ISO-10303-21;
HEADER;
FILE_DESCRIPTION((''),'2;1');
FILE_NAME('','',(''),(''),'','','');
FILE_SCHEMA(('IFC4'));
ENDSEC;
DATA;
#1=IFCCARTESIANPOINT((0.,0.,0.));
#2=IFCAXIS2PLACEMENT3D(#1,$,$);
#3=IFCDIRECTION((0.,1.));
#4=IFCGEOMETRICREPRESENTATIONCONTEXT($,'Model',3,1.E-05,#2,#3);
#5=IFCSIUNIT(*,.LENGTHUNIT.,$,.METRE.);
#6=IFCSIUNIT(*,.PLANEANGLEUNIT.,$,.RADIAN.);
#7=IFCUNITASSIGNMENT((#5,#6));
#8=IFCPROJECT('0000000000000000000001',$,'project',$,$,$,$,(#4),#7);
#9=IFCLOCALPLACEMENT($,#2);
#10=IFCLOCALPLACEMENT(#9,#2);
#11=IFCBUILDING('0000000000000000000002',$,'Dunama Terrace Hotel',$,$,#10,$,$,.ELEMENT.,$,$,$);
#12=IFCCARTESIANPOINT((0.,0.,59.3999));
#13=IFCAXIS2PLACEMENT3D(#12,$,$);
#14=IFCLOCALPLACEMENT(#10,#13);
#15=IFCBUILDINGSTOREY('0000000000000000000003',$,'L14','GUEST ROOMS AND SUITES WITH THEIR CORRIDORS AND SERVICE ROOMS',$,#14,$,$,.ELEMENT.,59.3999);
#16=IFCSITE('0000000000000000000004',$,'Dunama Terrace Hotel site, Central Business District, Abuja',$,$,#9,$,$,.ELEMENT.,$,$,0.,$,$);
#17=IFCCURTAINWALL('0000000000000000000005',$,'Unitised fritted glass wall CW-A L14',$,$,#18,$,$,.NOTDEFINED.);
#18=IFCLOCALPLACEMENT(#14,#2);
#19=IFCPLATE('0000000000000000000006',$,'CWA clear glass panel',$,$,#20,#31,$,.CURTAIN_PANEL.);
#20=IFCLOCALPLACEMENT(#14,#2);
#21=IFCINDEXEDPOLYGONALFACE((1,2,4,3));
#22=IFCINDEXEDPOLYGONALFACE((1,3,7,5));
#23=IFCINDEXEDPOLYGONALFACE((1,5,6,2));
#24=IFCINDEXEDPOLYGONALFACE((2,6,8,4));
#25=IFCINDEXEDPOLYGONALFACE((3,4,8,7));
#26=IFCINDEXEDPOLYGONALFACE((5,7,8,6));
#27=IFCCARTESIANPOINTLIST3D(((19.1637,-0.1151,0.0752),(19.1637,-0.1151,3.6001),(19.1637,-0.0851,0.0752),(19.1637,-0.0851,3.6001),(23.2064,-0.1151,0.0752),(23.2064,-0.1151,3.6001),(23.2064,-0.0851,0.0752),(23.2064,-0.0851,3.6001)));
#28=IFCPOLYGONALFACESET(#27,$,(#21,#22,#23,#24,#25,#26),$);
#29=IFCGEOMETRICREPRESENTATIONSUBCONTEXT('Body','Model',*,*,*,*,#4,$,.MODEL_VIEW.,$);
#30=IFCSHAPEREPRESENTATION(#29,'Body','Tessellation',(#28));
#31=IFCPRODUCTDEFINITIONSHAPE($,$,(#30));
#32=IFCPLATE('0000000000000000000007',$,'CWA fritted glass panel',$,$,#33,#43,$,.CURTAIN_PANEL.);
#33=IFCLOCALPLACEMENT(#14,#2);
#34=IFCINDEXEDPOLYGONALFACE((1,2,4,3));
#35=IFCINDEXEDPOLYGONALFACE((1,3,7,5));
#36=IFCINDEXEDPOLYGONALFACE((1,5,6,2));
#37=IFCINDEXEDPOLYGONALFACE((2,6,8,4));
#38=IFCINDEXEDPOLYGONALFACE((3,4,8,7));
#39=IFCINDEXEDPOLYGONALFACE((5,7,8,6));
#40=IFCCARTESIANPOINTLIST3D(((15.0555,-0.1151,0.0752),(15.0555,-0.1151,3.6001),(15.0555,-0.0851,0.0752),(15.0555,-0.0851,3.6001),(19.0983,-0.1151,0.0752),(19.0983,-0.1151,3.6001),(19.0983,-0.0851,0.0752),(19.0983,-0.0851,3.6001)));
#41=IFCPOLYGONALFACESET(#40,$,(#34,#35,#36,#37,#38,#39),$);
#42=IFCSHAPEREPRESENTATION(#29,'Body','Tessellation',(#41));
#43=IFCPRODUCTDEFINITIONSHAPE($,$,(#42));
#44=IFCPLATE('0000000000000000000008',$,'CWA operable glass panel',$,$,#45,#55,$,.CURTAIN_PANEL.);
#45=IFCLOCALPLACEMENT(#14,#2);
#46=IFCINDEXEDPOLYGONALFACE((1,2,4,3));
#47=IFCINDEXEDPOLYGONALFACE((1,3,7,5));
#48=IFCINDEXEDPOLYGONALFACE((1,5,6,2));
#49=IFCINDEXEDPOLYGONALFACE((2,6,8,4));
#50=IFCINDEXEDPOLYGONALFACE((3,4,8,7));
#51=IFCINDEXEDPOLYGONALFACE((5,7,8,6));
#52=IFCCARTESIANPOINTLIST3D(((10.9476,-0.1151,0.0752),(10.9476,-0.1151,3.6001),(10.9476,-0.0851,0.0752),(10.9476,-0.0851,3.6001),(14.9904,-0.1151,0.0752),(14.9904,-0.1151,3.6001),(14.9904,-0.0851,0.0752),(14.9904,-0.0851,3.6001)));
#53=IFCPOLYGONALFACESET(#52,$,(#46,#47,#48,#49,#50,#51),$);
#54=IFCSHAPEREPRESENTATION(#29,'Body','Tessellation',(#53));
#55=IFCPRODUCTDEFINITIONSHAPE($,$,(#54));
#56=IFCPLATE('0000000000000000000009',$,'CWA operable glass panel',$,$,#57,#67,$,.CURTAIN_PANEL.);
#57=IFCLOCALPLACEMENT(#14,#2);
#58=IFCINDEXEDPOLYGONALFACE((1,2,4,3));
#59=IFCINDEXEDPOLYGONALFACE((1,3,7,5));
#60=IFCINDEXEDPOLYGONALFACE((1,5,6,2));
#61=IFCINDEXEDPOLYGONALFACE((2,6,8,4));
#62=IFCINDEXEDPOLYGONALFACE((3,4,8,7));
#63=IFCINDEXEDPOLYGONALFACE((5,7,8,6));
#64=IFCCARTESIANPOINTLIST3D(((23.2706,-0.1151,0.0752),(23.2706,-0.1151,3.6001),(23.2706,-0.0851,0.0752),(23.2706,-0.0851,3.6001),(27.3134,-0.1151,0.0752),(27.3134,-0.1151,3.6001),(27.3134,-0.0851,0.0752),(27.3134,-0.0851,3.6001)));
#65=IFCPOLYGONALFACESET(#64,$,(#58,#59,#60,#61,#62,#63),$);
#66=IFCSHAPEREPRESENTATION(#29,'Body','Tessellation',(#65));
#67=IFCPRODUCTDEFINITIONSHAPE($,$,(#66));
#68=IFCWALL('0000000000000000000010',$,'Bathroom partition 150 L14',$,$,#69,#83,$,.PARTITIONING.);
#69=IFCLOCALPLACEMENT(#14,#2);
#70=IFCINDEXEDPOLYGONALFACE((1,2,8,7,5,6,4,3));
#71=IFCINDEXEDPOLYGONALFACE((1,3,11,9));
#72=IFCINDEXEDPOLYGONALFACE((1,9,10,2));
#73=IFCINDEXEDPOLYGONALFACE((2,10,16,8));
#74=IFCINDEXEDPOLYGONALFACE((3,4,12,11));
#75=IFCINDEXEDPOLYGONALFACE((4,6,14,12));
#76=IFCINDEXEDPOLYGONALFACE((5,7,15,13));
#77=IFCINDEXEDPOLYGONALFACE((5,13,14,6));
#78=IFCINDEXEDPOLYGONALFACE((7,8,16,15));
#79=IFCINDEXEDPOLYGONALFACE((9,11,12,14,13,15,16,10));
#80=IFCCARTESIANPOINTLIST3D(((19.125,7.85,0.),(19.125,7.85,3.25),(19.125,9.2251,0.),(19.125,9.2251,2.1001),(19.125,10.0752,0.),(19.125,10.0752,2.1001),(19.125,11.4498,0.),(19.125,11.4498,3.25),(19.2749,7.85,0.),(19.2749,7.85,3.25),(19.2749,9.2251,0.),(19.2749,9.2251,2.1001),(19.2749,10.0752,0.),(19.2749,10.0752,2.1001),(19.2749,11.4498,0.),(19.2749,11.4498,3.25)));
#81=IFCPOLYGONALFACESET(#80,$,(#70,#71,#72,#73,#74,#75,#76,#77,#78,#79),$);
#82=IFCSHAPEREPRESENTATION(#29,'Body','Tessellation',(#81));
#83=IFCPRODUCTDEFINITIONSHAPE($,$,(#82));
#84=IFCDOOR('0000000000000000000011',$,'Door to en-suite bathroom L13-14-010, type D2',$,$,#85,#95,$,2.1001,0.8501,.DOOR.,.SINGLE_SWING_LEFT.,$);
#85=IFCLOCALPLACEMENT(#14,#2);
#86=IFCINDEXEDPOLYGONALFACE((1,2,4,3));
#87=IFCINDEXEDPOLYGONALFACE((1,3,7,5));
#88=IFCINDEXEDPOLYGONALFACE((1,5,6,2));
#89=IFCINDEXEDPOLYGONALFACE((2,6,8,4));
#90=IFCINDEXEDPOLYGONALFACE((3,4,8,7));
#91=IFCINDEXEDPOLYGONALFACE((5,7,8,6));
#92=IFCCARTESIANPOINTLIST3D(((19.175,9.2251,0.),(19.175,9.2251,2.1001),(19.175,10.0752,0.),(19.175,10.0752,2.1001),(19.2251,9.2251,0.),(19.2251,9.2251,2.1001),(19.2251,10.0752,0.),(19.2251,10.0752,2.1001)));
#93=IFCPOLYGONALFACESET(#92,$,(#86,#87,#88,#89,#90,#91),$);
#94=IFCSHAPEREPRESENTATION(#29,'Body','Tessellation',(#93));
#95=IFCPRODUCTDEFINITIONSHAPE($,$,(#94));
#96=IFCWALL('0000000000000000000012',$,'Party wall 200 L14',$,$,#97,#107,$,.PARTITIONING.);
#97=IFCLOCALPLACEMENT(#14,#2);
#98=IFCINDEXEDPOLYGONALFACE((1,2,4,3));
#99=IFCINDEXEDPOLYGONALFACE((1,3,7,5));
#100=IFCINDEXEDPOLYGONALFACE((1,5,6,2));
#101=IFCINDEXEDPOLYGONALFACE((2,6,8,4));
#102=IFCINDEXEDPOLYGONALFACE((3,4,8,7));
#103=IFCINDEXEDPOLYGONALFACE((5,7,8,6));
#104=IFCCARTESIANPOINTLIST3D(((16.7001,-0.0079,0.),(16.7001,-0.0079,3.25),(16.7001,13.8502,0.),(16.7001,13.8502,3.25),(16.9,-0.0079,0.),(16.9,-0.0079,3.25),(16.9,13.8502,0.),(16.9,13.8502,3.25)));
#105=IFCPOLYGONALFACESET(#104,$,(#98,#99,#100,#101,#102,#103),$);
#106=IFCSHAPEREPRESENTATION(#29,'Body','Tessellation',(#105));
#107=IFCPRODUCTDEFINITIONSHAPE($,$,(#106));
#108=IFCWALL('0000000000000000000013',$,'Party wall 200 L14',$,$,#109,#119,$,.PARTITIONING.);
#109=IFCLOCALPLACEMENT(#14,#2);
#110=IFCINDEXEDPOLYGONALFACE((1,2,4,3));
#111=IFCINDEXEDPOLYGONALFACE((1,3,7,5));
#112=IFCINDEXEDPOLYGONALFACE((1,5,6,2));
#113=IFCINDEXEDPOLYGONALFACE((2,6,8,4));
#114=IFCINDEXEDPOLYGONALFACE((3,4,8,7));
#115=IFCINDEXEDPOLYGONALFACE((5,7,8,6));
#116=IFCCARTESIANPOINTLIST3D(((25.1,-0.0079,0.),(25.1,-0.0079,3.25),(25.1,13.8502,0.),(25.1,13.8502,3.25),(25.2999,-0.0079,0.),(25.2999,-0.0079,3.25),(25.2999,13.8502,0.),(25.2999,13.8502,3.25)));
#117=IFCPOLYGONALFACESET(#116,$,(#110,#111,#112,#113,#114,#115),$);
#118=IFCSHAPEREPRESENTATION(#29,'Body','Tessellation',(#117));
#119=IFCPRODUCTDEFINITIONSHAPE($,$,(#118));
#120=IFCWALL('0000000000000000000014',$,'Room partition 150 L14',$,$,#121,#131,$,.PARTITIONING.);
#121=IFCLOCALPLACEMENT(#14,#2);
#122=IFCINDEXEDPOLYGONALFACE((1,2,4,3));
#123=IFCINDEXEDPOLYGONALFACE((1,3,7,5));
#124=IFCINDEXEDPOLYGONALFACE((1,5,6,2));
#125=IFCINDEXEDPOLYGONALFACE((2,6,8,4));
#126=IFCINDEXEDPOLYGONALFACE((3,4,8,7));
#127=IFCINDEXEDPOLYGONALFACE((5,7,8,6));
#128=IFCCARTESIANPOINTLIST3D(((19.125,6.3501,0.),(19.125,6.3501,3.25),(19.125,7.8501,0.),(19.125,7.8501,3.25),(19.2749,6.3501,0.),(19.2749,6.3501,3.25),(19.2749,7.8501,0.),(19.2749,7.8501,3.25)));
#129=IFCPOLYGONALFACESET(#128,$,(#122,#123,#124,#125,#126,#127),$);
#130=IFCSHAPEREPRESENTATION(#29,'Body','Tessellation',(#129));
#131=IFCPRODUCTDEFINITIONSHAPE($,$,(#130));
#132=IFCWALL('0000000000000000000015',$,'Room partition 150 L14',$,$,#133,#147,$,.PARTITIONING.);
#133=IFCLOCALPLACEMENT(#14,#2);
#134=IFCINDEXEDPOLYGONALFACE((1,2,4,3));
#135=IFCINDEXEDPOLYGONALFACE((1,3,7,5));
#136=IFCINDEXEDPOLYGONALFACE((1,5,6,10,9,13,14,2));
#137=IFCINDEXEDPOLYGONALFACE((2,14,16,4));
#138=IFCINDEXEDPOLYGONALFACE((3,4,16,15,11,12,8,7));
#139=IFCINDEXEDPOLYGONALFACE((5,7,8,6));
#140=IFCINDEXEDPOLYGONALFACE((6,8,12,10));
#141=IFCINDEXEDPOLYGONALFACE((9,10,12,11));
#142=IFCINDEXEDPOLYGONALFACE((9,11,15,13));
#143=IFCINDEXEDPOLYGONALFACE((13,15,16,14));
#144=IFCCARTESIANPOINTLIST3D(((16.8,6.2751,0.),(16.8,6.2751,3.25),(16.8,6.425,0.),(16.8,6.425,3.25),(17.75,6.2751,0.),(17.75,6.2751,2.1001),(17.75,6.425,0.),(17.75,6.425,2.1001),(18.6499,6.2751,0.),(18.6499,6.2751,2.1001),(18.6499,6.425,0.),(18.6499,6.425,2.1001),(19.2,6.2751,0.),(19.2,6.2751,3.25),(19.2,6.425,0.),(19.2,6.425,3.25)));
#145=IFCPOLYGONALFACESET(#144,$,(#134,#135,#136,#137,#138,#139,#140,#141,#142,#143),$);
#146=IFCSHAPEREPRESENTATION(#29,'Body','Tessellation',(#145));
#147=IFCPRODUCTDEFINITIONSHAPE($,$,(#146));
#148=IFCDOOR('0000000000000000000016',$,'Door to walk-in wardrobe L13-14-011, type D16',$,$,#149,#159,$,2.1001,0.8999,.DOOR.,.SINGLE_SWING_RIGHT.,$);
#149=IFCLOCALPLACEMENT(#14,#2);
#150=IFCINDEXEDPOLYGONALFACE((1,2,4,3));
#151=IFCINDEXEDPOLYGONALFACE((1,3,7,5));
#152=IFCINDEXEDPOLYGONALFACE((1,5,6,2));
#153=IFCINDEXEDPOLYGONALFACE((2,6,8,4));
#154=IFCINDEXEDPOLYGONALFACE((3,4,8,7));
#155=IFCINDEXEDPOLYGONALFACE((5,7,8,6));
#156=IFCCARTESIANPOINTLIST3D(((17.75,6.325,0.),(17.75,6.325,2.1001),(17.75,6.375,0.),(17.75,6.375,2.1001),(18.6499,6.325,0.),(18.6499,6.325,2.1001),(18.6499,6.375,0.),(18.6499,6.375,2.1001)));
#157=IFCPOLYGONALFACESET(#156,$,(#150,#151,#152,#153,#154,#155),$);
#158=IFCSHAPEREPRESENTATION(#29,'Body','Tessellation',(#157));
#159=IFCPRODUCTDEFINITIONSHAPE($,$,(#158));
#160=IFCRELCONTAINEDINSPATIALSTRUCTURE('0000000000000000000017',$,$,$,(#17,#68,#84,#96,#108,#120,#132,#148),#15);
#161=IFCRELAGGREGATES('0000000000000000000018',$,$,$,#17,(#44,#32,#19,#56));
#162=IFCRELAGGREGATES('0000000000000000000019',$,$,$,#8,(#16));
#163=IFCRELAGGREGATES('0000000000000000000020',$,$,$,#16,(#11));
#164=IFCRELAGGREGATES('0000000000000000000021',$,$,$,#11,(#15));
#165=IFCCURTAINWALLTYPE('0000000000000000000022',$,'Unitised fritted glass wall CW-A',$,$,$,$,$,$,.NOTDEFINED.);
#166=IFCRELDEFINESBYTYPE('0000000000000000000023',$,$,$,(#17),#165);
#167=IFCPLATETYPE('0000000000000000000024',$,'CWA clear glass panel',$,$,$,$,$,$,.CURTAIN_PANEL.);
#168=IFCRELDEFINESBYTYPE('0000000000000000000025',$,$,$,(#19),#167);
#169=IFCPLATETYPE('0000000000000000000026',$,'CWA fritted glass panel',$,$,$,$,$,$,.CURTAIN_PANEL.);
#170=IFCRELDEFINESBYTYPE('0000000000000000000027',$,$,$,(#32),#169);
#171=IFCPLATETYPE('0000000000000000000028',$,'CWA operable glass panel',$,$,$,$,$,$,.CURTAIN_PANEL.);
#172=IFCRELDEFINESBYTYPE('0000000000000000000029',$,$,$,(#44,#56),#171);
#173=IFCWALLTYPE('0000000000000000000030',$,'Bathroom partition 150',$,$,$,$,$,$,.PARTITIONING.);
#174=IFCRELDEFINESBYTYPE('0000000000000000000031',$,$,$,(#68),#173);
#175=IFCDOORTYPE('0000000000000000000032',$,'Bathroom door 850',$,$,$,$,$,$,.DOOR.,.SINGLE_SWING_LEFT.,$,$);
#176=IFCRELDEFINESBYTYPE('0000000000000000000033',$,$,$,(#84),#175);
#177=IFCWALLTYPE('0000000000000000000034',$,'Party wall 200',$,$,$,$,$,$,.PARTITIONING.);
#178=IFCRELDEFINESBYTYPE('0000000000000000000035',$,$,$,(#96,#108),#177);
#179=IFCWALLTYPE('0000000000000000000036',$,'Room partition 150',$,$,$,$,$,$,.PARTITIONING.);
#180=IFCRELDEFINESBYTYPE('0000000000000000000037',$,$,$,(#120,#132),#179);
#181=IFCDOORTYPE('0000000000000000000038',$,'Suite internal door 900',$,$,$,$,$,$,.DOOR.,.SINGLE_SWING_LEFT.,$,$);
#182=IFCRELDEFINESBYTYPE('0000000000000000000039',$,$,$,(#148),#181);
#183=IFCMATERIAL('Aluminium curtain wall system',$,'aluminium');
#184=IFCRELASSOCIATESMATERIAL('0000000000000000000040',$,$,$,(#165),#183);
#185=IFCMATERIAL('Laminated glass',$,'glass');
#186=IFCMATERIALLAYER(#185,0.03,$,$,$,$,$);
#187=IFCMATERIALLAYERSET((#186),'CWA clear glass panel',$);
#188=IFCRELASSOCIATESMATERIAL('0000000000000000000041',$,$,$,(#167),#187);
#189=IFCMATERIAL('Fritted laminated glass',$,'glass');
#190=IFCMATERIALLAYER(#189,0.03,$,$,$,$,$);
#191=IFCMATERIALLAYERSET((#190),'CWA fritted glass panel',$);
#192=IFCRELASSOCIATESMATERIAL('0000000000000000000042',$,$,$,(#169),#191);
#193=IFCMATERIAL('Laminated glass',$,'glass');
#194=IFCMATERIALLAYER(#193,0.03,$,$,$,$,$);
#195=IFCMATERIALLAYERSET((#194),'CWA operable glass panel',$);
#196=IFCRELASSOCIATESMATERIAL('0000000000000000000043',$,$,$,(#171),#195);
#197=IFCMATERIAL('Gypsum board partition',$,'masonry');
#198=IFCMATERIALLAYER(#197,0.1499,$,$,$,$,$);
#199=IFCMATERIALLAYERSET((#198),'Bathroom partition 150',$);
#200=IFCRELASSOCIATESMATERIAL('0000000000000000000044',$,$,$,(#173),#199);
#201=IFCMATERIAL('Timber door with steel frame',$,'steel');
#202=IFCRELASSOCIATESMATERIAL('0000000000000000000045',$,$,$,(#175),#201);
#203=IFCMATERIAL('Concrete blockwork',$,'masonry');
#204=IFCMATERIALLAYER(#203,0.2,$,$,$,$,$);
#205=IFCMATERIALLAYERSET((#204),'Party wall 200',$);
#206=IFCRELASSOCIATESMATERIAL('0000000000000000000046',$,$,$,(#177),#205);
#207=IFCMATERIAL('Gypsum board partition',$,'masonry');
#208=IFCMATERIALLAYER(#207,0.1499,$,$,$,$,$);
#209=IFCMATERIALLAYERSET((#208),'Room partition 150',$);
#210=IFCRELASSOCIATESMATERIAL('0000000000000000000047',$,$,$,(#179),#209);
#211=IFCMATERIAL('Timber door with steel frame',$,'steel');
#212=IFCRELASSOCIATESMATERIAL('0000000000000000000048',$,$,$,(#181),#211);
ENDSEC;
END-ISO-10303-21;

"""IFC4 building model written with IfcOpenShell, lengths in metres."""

from ifc_helpers import new_model, si_unit, direction, frame, frame_2d, origin, origin_2d, place, context, subcontext, project, spatial, rectangle, extrude, material, layer, layer_set, type_object, element, fill, aggregate, save


model = new_model("IFC4")

# Units and contexts
model_context = context("Model", 3, precision=1e-05, world=origin(), true_north=direction((0.0, 1.0)))
body_context = subcontext(model_context, "Body", "Model", "MODEL_VIEW")
ifc_project = project(units=[si_unit("LENGTHUNIT", "METRE"), si_unit("PLANEANGLEUNIT", "RADIAN")], contexts=[model_context])

# Site, building, storey
site_placement = place(None, origin())
site = spatial("IfcSite", under=ifc_project, at=site_placement, Name="Dunama Terrace Hotel site, Central Business District, Abuja", CompositionType="ELEMENT", RefElevation=0.0)
building_placement = place(site_placement, origin())
building = spatial("IfcBuilding", under=site, at=building_placement, Name="Dunama Terrace Hotel", CompositionType="ELEMENT")
storey_placement = place(building_placement, frame((0.0, 0.0, 59.3999)))
storey = spatial("IfcBuildingStorey", under=building, at=storey_placement, Name="L14", Description="GUEST ROOMS AND SUITES WITH THEIR CORRIDORS AND SERVICE ROOMS", CompositionType="ELEMENT", Elevation=59.3999)

# Curtain wall
ifc_material_1 = material(Name="Aluminium curtain wall system", Category="aluminium")
curtain_wall_type = type_object("IfcCurtainWallType", Name="Unitised fritted glass wall CW-A", PredefinedType="NOTDEFINED", material=ifc_material_1)
curtain_wall_placement = place(storey_placement, origin())
curtain_wall = element("IfcCurtainWall", 1, at=curtain_wall_placement, inside=storey, type_object=curtain_wall_type, Name="Unitised fritted glass wall CW-A L14", PredefinedType="NOTDEFINED")

# Plates
ifc_material_2 = material(Name="Laminated glass", Category="glass")
ifc_layer_1 = layer(ifc_material_2, 0.03)
ifc_layer_set_1 = layer_set([ifc_layer_1], Name="CWA clear glass panel")
plate_type_1 = type_object("IfcPlateType", Name="CWA clear glass panel", PredefinedType="CURTAIN_PANEL", material=ifc_layer_set_1)
plate_1_placement = place(storey_placement, frame((21.1851, -0.1001, 0.0752), z_axis=(0.0, 0.0, 1.0), x_axis=(1.0, 0.0, 0.0)))
plate_1 = element("IfcPlate", 2, at=plate_1_placement, type_object=plate_type_1, Name="CWA clear glass panel", PredefinedType="CURTAIN_PANEL", context=body_context, shape_type="SweptSolid", body=[
    extrude(rectangle(XDim=4.0427, YDim=0.03, at=origin_2d()), origin(), (0.0, 0.0, 1.0), 3.5249),
])
ifc_material_3 = material(Name="Fritted laminated glass", Category="glass")
ifc_layer_2 = layer(ifc_material_3, 0.03)
ifc_layer_set_2 = layer_set([ifc_layer_2], Name="CWA fritted glass panel")
plate_type_2 = type_object("IfcPlateType", Name="CWA fritted glass panel", PredefinedType="CURTAIN_PANEL", material=ifc_layer_set_2)
plate_2_placement = place(storey_placement, frame((17.0769, -0.1001, 0.0752), z_axis=(0.0, 0.0, 1.0), x_axis=(1.0, 0.0, 0.0)))
plate_2 = element("IfcPlate", 3, at=plate_2_placement, type_object=plate_type_2, Name="CWA fritted glass panel", PredefinedType="CURTAIN_PANEL", context=body_context, shape_type="SweptSolid", body=[
    extrude(rectangle(XDim=4.0427, YDim=0.03, at=origin_2d()), origin(), (0.0, 0.0, 1.0), 3.5249),
])
ifc_material_4 = material(Name="Laminated glass", Category="glass")
ifc_layer_3 = layer(ifc_material_4, 0.03)
ifc_layer_set_3 = layer_set([ifc_layer_3], Name="CWA operable glass panel")
plate_type_3 = type_object("IfcPlateType", Name="CWA operable glass panel", PredefinedType="CURTAIN_PANEL", material=ifc_layer_set_3)
plate_3_placement = place(storey_placement, frame((12.969, -0.1001, 0.0752), z_axis=(0.0, 0.0, 1.0), x_axis=(1.0, 0.0, 0.0)))
plate_3 = element("IfcPlate", 4, at=plate_3_placement, type_object=plate_type_3, Name="CWA operable glass panel", PredefinedType="CURTAIN_PANEL", context=body_context, shape_type="SweptSolid", body=[
    extrude(rectangle(XDim=4.0427, YDim=0.03, at=origin_2d()), origin(), (0.0, 0.0, 1.0), 3.5249),
])
plate_4_placement = place(storey_placement, frame((25.292, -0.1001, 0.0752), z_axis=(0.0, 0.0, 1.0), x_axis=(1.0, 0.0, 0.0)))
plate_4 = element("IfcPlate", 5, at=plate_4_placement, type_object=plate_type_3, Name="CWA operable glass panel", PredefinedType="CURTAIN_PANEL", context=body_context, shape_type="SweptSolid", body=[
    extrude(rectangle(XDim=4.0427, YDim=0.03, at=origin_2d()), origin(), (0.0, 0.0, 1.0), 3.5249),
])
aggregate(curtain_wall, [plate_3, plate_2, plate_1, plate_4])

# Wall, opening, door
ifc_material_5 = material(Name="Gypsum board partition", Category="masonry")
ifc_layer_4 = layer(ifc_material_5, 0.1499)
ifc_layer_set_4 = layer_set([ifc_layer_4], Name="Bathroom partition 150")
wall_type_1 = type_object("IfcWallType", Name="Bathroom partition 150", PredefinedType="PARTITIONING", material=ifc_layer_set_4)
wall_1_placement = place(storey_placement, frame((19.2, 7.8501, 0.0), z_axis=(0.0, 0.0, 1.0), x_axis=(0.0, 1.0, 0.0)))
wall_1 = element("IfcWall", 6, at=wall_1_placement, inside=storey, type_object=wall_type_1, Name="Bathroom partition 150 L14", PredefinedType="PARTITIONING", context=body_context, shape_type="SweptSolid", body=[
    extrude(rectangle(XDim=3.5999, YDim=0.1499, at=frame_2d((1.7998, 0.0))), origin(), (0.0, 0.0, 1.0), 3.25),
])
opening_1_placement = place(wall_1_placement, frame((1.375, 0.0, 0.0)))
opening_1 = element("IfcOpeningElement", 7, at=opening_1_placement, cuts=wall_1, PredefinedType="OPENING", context=body_context, shape_type="SweptSolid", body=[
    extrude(rectangle(XDim=0.8501, YDim=2.1001, at=frame_2d((0.425, 1.05))), frame((0.0, 0.085, 0.0), z_axis=(0.0, -1.0, 0.0), x_axis=(1.0, 0.0, 0.0)), (0.0, 0.0, 1.0), 0.1699),
])
ifc_material_6 = material(Name="Timber door with steel frame", Category="steel")
door_type_1 = type_object("IfcDoorType", Name="Bathroom door 850", OperationType="SINGLE_SWING_LEFT", PredefinedType="DOOR", material=ifc_material_6)
door_1_placement = place(opening_1_placement, origin())
door_1 = element("IfcDoor", 8, at=door_1_placement, inside=storey, type_object=door_type_1, Name="Door to en-suite bathroom L13-14-010, type D2", OperationType="SINGLE_SWING_LEFT", OverallHeight=2.1001, OverallWidth=0.8501, PredefinedType="DOOR", context=body_context, shape_type="SweptSolid", body=[
    extrude(rectangle(XDim=0.8501, YDim=2.1001, at=frame_2d((0.425, 1.05))), frame((0.0, 0.0249, 0.0), z_axis=(0.0, -1.0, 0.0), x_axis=(1.0, 0.0, 0.0)), (0.0, 0.0, 1.0), 0.05),
])
fill(opening_1, door_1)

# Walls
ifc_material_7 = material(Name="Concrete blockwork", Category="masonry")
ifc_layer_5 = layer(ifc_material_7, 0.2)
ifc_layer_set_5 = layer_set([ifc_layer_5], Name="Party wall 200")
wall_type_2 = type_object("IfcWallType", Name="Party wall 200", PredefinedType="PARTITIONING", material=ifc_layer_set_5)
for number, where, z_axis, x_axis, name in (
    (9, (16.8, -0.0081, 0.0), (0.0, 0.0, 1.0), (0.0, 1.0, 0.0), "Party wall 200 L14"),
    (10, (25.2, -0.0081, 0.0), (0.0, 0.0, 1.0), (0.0, 1.0, 0.0), "Party wall 200 L14"),
):
    element("IfcWall", number, at=place(storey_placement, frame(where, z_axis=z_axis, x_axis=x_axis)), inside=storey, type_object=wall_type_2, Name=name, PredefinedType="PARTITIONING", context=body_context, shape_type="SweptSolid", body=[
        extrude(rectangle(XDim=13.8582, YDim=0.2, at=frame_2d((6.9292, 0.0))), origin(), (0.0, 0.0, 1.0), 3.25),
    ])
ifc_material_8 = material(Name="Gypsum board partition", Category="masonry")
ifc_layer_6 = layer(ifc_material_8, 0.1499)
ifc_layer_set_6 = layer_set([ifc_layer_6], Name="Room partition 150")
wall_type_3 = type_object("IfcWallType", Name="Room partition 150", PredefinedType="PARTITIONING", material=ifc_layer_set_6)
wall_2_placement = place(storey_placement, frame((19.2, 6.3501, 0.0), z_axis=(0.0, 0.0, 1.0), x_axis=(0.0, 1.0, 0.0)))
element("IfcWall", 11, at=wall_2_placement, inside=storey, type_object=wall_type_3, Name="Room partition 150 L14", PredefinedType="PARTITIONING", context=body_context, shape_type="SweptSolid", body=[
    extrude(rectangle(XDim=1.5, YDim=0.1499, at=frame_2d((0.75, 0.0))), origin(), (0.0, 0.0, 1.0), 3.25),
])

# Wall, opening, door
wall_3_placement = place(storey_placement, frame((16.8, 6.3501, 0.0), z_axis=(0.0, 0.0, 1.0), x_axis=(1.0, 0.0, 0.0)))
wall_3 = element("IfcWall", 12, at=wall_3_placement, inside=storey, type_object=wall_type_3, Name="Room partition 150 L14", PredefinedType="PARTITIONING", context=body_context, shape_type="SweptSolid", body=[
    extrude(rectangle(XDim=2.3999, YDim=0.1499, at=frame_2d((1.2, 0.0))), origin(), (0.0, 0.0, 1.0), 3.25),
])
opening_2_placement = place(wall_3_placement, frame((0.95, 0.0, 0.0)))
opening_2 = element("IfcOpeningElement", 13, at=opening_2_placement, cuts=wall_3, PredefinedType="OPENING", context=body_context, shape_type="SweptSolid", body=[
    extrude(rectangle(XDim=0.8999, YDim=2.1001, at=frame_2d((0.45, 1.05))), frame((0.0, 0.085, 0.0), z_axis=(0.0, -1.0, 0.0), x_axis=(1.0, 0.0, 0.0)), (0.0, 0.0, 1.0), 0.1699),
])
ifc_material_9 = material(Name="Timber door with steel frame", Category="steel")
door_type_2 = type_object("IfcDoorType", Name="Suite internal door 900", OperationType="SINGLE_SWING_LEFT", PredefinedType="DOOR", material=ifc_material_9)
door_2_placement = place(opening_2_placement, origin())
door_2 = element("IfcDoor", 14, at=door_2_placement, inside=storey, type_object=door_type_2, Name="Door to walk-in wardrobe L13-14-011, type D16", OperationType="SINGLE_SWING_RIGHT", OverallHeight=2.1001, OverallWidth=0.8999, PredefinedType="DOOR", context=body_context, shape_type="SweptSolid", body=[
    extrude(rectangle(XDim=0.8999, YDim=2.1001, at=frame_2d((0.45, 1.05))), frame((0.0, 0.0249, 0.0), z_axis=(0.0, -1.0, 0.0), x_axis=(1.0, 0.0, 0.0)), (0.0, 0.0, 1.0), 0.05),
])
fill(opening_2, door_2)

save(model, "model.ifc")
